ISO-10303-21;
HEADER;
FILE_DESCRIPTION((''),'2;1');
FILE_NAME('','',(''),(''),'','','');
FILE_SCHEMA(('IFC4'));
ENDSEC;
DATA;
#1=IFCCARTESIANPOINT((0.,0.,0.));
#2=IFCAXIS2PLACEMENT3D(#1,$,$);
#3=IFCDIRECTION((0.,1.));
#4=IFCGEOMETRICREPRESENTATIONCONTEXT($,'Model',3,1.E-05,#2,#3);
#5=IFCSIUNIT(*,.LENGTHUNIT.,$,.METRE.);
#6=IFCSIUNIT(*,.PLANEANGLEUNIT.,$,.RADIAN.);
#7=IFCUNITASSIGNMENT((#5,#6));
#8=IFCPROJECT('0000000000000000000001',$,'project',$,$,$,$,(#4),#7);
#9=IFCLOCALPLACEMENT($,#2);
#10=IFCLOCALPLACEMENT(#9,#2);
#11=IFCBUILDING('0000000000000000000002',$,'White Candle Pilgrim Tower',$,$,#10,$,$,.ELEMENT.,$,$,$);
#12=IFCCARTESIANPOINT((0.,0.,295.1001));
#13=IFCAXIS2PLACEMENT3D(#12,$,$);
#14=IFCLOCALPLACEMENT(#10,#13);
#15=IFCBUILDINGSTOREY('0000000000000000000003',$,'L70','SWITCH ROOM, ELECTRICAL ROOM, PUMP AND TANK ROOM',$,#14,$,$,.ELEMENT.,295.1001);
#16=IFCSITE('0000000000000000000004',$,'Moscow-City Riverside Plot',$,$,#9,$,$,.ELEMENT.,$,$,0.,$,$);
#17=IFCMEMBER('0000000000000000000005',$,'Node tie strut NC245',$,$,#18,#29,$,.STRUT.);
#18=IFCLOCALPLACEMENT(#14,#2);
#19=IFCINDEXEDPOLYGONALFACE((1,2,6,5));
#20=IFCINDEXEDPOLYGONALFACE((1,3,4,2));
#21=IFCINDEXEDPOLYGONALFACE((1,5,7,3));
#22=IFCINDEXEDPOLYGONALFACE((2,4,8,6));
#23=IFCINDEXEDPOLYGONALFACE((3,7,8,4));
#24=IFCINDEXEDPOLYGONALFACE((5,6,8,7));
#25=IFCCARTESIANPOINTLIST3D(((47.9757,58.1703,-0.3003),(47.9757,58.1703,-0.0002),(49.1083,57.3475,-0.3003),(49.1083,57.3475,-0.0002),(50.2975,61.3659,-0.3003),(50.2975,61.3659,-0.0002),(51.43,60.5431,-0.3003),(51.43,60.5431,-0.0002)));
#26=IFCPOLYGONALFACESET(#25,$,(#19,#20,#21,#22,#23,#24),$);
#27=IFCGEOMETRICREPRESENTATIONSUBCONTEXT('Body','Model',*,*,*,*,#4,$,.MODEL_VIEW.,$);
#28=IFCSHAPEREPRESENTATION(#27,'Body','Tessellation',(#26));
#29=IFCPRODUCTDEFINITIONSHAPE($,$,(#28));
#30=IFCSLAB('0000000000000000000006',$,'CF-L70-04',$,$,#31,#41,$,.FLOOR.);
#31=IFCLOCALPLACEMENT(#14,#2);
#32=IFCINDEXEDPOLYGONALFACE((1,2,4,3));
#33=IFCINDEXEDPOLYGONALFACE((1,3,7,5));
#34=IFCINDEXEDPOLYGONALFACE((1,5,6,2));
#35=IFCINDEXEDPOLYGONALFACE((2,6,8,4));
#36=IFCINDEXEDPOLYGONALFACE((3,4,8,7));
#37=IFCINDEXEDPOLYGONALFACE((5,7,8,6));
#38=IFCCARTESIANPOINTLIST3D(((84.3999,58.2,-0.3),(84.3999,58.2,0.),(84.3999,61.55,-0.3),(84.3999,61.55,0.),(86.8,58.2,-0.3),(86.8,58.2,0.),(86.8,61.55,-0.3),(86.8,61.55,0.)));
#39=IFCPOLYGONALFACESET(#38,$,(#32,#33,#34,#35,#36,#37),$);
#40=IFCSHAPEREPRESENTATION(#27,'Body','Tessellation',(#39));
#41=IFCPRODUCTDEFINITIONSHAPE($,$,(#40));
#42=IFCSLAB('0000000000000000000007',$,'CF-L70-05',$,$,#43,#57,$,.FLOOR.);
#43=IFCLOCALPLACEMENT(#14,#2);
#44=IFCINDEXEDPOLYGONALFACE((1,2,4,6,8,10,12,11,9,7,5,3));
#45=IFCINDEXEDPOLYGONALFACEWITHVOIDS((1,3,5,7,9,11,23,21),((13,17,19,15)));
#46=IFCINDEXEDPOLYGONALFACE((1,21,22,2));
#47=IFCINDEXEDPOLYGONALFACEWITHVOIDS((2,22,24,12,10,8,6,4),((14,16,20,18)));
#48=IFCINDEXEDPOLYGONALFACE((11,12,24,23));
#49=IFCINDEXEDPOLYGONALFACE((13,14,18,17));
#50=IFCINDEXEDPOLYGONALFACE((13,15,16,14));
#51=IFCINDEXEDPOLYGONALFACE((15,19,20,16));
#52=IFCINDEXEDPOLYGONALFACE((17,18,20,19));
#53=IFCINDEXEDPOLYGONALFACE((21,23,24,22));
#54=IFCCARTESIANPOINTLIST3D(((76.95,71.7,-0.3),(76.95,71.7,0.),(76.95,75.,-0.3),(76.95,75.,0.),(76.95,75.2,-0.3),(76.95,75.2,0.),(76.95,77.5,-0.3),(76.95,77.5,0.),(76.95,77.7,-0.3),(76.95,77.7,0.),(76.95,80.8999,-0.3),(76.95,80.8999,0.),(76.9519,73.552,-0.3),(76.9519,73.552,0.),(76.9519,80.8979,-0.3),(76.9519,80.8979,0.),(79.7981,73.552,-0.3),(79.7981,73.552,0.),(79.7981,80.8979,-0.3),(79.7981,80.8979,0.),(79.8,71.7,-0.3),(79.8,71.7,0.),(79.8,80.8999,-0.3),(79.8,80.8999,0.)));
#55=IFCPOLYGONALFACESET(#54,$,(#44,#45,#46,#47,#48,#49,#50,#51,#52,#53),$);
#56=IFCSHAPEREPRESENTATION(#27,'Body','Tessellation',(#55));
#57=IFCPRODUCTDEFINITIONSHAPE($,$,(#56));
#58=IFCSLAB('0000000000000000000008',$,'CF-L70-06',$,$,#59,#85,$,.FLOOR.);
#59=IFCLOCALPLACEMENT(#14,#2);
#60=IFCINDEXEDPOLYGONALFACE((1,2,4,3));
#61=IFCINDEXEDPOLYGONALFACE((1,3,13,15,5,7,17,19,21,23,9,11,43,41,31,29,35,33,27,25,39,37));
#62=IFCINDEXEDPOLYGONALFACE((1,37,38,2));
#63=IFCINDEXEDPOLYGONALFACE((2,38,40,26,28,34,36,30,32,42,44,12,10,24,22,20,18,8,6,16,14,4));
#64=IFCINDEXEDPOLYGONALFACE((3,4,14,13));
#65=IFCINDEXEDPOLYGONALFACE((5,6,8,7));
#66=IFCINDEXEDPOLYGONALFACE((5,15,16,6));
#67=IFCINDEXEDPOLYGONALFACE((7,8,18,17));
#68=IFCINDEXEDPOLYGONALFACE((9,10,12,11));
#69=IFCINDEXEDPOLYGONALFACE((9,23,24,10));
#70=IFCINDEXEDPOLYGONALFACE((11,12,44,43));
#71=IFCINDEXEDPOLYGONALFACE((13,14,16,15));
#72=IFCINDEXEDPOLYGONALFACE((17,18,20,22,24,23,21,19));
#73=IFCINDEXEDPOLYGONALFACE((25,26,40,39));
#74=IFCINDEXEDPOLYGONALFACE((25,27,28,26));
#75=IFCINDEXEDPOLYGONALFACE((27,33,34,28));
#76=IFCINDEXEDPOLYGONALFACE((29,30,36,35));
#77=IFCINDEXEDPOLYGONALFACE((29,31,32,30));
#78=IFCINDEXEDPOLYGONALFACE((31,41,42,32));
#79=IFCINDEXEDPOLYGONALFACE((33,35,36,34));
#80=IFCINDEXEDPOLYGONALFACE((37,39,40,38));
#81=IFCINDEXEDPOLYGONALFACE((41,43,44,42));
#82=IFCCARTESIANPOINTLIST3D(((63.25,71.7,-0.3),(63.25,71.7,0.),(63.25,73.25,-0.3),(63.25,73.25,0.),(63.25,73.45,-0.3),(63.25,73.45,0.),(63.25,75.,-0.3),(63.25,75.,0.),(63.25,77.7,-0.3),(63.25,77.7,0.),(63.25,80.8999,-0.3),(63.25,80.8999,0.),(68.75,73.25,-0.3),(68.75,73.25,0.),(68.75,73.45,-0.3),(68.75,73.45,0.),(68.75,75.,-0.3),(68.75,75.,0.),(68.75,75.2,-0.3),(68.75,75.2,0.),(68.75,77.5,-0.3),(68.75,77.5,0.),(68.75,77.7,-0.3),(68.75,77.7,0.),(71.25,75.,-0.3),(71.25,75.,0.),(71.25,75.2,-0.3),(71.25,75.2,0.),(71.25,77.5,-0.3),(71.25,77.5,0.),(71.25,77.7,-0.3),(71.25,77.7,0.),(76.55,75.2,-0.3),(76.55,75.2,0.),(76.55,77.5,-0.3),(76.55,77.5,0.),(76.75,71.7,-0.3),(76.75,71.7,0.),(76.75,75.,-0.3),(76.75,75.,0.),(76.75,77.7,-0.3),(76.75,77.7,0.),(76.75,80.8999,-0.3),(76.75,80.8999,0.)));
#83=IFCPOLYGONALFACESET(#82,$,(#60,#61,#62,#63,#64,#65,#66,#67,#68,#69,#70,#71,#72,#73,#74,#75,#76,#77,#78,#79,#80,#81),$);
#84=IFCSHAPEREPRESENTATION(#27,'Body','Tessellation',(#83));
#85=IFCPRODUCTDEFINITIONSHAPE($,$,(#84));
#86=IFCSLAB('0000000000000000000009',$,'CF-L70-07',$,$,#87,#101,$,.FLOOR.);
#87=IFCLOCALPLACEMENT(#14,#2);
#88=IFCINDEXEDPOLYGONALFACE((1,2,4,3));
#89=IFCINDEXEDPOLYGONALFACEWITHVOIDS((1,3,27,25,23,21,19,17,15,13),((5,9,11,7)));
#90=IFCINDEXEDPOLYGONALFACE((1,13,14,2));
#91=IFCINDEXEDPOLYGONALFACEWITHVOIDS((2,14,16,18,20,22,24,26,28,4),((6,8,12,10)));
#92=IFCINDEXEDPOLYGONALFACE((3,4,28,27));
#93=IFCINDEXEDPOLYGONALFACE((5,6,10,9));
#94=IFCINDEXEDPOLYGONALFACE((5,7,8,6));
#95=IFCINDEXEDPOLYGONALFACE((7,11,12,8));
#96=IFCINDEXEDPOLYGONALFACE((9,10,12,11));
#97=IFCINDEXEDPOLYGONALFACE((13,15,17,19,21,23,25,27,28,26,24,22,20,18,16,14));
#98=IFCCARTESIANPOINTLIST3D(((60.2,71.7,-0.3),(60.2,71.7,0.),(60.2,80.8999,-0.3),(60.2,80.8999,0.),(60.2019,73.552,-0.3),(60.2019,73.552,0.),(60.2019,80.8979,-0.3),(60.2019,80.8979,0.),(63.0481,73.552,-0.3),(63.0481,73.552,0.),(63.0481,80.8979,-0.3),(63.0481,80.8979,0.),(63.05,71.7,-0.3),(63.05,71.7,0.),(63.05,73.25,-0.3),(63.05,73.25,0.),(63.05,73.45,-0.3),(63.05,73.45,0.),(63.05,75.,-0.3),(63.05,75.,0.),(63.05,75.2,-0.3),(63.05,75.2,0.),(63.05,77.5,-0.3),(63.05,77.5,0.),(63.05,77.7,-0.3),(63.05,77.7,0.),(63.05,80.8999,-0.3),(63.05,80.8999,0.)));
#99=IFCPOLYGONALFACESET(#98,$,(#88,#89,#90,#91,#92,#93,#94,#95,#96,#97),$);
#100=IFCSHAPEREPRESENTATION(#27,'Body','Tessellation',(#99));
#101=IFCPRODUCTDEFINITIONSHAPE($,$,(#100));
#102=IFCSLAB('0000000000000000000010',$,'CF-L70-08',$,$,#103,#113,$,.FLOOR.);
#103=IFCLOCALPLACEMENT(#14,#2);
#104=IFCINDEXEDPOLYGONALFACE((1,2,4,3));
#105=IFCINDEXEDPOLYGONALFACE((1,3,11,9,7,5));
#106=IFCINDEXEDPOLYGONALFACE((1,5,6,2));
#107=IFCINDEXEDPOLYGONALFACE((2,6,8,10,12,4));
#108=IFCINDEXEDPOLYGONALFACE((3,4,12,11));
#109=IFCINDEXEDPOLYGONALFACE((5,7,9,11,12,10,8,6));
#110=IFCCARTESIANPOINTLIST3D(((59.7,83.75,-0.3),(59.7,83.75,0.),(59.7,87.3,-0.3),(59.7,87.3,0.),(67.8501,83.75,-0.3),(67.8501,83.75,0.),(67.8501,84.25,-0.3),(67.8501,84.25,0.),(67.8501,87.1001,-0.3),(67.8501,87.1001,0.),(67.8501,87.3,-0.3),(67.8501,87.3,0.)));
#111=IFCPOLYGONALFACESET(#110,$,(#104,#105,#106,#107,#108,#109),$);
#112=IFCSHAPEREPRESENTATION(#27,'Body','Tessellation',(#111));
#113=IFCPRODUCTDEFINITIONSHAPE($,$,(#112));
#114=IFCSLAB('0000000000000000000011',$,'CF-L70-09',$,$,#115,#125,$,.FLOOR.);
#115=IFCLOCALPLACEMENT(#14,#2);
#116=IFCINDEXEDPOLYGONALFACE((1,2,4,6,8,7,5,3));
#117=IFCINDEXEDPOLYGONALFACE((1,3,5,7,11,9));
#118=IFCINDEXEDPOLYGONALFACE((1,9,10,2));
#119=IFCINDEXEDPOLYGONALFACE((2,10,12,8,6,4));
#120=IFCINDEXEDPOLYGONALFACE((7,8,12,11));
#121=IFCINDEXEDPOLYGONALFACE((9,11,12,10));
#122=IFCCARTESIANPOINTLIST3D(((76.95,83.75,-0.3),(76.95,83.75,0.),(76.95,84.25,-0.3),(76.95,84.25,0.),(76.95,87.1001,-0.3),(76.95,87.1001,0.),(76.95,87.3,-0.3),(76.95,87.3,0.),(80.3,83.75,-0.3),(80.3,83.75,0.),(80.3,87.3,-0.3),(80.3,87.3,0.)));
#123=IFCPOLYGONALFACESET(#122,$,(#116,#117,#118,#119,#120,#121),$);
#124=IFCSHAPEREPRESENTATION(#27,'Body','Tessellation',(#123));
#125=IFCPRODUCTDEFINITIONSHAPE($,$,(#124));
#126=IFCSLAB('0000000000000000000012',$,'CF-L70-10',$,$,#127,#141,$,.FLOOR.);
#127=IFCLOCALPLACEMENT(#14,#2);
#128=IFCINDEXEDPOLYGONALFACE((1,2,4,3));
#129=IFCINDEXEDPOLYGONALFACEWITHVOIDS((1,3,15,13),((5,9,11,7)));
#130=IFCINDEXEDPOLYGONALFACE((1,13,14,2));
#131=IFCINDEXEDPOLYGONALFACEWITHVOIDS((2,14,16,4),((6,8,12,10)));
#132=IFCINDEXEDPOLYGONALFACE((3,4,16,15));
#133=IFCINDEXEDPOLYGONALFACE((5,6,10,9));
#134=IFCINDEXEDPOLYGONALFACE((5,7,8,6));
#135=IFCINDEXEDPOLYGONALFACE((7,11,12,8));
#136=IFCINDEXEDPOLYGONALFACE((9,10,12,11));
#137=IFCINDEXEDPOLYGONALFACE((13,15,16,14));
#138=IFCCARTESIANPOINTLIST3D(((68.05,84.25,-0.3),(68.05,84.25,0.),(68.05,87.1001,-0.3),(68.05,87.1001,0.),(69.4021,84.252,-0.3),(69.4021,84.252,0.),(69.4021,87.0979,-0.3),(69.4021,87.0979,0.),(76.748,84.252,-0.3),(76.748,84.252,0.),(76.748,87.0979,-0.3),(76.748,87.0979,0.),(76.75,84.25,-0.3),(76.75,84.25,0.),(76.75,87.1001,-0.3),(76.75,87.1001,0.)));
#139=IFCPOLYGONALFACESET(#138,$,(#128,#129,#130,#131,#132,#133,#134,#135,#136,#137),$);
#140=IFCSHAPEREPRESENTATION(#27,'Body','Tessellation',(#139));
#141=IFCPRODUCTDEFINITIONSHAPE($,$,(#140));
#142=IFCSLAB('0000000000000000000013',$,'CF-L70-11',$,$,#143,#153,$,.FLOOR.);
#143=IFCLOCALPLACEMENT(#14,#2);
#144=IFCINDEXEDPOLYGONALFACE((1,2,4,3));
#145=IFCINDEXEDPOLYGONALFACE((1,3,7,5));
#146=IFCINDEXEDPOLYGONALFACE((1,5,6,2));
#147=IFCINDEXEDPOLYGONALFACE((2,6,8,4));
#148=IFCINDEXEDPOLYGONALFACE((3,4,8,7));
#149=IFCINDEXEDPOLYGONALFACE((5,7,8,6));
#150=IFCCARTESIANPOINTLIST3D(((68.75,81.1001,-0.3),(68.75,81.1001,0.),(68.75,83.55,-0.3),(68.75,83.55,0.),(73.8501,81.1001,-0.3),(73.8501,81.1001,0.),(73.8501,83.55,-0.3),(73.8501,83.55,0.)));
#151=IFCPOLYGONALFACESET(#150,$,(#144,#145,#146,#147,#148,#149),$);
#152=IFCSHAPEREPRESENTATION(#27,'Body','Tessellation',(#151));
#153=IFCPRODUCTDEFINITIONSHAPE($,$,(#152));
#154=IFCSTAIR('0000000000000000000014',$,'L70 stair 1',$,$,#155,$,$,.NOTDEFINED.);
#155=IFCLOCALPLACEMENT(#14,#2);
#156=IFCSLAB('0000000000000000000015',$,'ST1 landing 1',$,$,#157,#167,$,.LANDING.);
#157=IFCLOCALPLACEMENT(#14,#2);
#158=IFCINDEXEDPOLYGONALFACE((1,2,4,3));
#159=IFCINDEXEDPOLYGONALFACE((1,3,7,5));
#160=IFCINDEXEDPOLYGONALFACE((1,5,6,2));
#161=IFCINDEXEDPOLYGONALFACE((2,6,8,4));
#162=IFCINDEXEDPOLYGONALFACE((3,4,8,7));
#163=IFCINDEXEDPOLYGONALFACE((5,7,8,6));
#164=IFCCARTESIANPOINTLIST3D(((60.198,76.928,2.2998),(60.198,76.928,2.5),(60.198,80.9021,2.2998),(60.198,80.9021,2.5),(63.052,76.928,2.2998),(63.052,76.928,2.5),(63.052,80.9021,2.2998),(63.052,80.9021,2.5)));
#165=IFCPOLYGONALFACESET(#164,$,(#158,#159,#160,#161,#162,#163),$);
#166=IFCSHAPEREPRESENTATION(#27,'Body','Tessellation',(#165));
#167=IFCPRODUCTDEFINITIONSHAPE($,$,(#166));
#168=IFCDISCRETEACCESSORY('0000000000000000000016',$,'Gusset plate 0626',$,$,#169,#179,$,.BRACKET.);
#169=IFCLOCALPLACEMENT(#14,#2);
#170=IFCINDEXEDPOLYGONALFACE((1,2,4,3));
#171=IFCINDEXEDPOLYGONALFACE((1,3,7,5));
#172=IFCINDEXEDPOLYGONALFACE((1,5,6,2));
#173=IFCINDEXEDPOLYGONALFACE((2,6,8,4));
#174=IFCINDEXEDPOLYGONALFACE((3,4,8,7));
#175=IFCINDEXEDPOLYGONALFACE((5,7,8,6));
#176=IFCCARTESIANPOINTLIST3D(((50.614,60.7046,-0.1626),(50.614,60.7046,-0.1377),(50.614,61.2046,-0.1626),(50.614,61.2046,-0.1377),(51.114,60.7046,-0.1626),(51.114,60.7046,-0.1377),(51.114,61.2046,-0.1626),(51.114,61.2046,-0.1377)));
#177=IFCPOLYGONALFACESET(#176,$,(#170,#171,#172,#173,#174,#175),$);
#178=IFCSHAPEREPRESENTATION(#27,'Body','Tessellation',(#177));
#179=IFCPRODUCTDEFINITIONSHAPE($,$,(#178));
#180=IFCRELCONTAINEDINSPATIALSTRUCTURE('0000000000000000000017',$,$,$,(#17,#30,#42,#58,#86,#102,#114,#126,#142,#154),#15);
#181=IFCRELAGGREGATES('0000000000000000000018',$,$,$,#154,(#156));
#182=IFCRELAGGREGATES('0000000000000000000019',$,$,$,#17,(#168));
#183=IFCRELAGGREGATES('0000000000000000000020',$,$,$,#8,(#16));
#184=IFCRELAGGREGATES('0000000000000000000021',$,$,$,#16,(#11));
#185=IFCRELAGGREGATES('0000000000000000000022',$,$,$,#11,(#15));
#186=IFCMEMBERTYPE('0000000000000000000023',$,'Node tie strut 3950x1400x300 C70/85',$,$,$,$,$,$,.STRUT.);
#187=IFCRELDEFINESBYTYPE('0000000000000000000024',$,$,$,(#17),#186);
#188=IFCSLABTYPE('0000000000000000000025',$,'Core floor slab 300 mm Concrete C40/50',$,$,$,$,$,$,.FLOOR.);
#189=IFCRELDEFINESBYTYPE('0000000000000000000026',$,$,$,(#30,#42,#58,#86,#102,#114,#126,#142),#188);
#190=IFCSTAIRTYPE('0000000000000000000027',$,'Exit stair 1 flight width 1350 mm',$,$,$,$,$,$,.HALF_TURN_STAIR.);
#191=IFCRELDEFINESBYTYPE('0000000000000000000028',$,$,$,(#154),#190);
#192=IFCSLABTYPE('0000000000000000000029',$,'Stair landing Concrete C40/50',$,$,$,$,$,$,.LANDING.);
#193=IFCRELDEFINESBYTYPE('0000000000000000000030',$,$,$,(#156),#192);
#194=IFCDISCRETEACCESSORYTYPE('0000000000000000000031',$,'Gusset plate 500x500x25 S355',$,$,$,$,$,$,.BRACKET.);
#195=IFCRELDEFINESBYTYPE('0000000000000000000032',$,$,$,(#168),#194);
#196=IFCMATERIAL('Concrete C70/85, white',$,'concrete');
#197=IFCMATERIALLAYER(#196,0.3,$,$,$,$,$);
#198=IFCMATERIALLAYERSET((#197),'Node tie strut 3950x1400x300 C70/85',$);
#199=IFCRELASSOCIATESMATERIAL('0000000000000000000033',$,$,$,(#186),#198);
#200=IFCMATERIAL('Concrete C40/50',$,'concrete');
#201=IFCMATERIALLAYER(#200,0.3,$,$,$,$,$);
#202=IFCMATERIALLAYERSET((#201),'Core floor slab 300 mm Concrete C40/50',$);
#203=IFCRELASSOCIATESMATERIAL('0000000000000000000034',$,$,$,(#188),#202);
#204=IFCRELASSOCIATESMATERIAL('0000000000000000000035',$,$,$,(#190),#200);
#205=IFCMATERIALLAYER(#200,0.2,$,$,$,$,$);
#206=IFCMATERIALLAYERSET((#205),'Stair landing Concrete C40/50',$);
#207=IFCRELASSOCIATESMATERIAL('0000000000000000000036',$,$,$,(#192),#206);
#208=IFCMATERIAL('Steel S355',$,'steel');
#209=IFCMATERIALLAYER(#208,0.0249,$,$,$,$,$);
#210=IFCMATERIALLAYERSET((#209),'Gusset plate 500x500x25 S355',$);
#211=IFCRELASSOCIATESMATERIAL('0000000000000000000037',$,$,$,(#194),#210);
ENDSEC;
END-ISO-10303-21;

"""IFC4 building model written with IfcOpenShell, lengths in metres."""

from ifc_helpers import new_model, si_unit, direction, frame, origin, origin_2d, place, context, subcontext, project, spatial, polyline, rectangle, outline, extrude, material, layer, layer_set, type_object, element, aggregate, save


model = new_model("IFC4")

# Units and contexts
model_context = context("Model", 3, precision=1e-05, world=origin(), true_north=direction((0.0, 1.0)))
body_context = subcontext(model_context, "Body", "Model", "MODEL_VIEW")
ifc_project = project(units=[si_unit("LENGTHUNIT", "METRE"), si_unit("PLANEANGLEUNIT", "RADIAN")], contexts=[model_context])

# Site, building, storey
site_placement = place(None, origin())
site = spatial("IfcSite", under=ifc_project, at=site_placement, Name="Moscow-City Riverside Plot", CompositionType="ELEMENT", RefElevation=0.0)
building_placement = place(site_placement, origin())
building = spatial("IfcBuilding", under=site, at=building_placement, Name="White Candle Pilgrim Tower", CompositionType="ELEMENT")
storey_placement = place(building_placement, frame((0.0, 0.0, 295.1001)))
storey = spatial("IfcBuildingStorey", under=building, at=storey_placement, Name="L70", Description="SWITCH ROOM, ELECTRICAL ROOM, PUMP AND TANK ROOM", CompositionType="ELEMENT", Elevation=295.1001)

# Member
ifc_material_1 = material(Name="Concrete C70/85, white", Category="concrete")
ifc_layer_1 = layer(ifc_material_1, 0.3)
ifc_layer_set_1 = layer_set([ifc_layer_1], Name="Node tie strut 3950x1400x300 C70/85")
member_type = type_object("IfcMemberType", Name="Node tie strut 3950x1400x300 C70/85", PredefinedType="STRUT", material=ifc_layer_set_1)
member_placement = place(storey_placement, frame((49.7029, 59.3567, -0.3003), z_axis=(0.0, 0.0, 1.0), x_axis=(0.809017, -0.587785, 0.0)))
member = element("IfcMember", 1, at=member_placement, inside=storey, type_object=member_type, Name="Node tie strut NC245", PredefinedType="STRUT", context=body_context, shape_type="SweptSolid", body=[
    extrude(rectangle(XDim=1.3999, YDim=3.95, at=origin_2d()), origin(), (0.0, 0.0, 1.0), 0.3),
])

# Slabs
ifc_material_2 = material(Name="Concrete C40/50", Category="concrete")
ifc_layer_2 = layer(ifc_material_2, 0.3)
ifc_layer_set_2 = layer_set([ifc_layer_2], Name="Core floor slab 300 mm Concrete C40/50")
slab_type_1 = type_object("IfcSlabType", Name="Core floor slab 300 mm Concrete C40/50", PredefinedType="FLOOR", material=ifc_layer_set_2)
slab_1_placement = place(storey_placement, frame((0.0, 0.0, -0.3)))
element("IfcSlab", 2, at=slab_1_placement, inside=storey, type_object=slab_type_1, Name="CF-L70-04", PredefinedType="FLOOR", context=body_context, shape_type="SweptSolid", body=[
    extrude(outline(polyline([(86.8, 58.2), (84.3999, 58.2), (84.3999, 61.55), (86.8, 61.55), (86.8, 58.2)])), origin(), (0.0, 0.0, 1.0), 0.3),
])
slab_2_placement = place(storey_placement, frame((0.0, 0.0, -0.3)))
element("IfcSlab", 3, at=slab_2_placement, inside=storey, type_object=slab_type_1, Name="CF-L70-05", PredefinedType="FLOOR", context=body_context, shape_type="SweptSolid", body=[
    extrude(outline(polyline([(76.95, 71.7), (76.95, 75.0), (76.95, 75.2), (76.95, 77.5), (76.95, 77.7), (76.95, 80.8999), (79.8, 80.8999), (79.8, 71.7), (76.95, 71.7)]), holes=[polyline([(76.9519, 73.552), (79.7981, 73.552), (79.7981, 80.8979), (76.9519, 80.8979), (76.9519, 73.552)])]), origin(), (0.0, 0.0, 1.0), 0.3),
])
slab_3_placement = place(storey_placement, frame((0.0, 0.0, -0.3)))
element("IfcSlab", 4, at=slab_3_placement, inside=storey, type_object=slab_type_1, Name="CF-L70-06", PredefinedType="FLOOR", context=body_context, shape_type="SweptSolid", body=[
    extrude(outline(polyline([(63.25, 71.7), (63.25, 73.25), (68.75, 73.25), (68.75, 73.45), (63.25, 73.45), (63.25, 75.0), (68.75, 75.0), (68.75, 75.2), (68.75, 77.5), (68.75, 77.7), (63.25, 77.7), (63.25, 80.8999), (76.75, 80.8999), (76.75, 77.7), (71.25, 77.7), (71.25, 77.5), (76.55, 77.5), (76.55, 75.2), (71.25, 75.2), (71.25, 75.0), (76.75, 75.0), (76.75, 71.7), (63.25, 71.7)])), origin(), (0.0, 0.0, 1.0), 0.3),
])
slab_4_placement = place(storey_placement, frame((0.0, 0.0, -0.3)))
element("IfcSlab", 5, at=slab_4_placement, inside=storey, type_object=slab_type_1, Name="CF-L70-07", PredefinedType="FLOOR", context=body_context, shape_type="SweptSolid", body=[
    extrude(outline(polyline([(60.2, 71.7), (60.2, 80.8999), (63.05, 80.8999), (63.05, 77.7), (63.05, 77.5), (63.05, 75.2), (63.05, 75.0), (63.05, 73.45), (63.05, 73.25), (63.05, 71.7), (60.2, 71.7)]), holes=[polyline([(60.2019, 73.552), (63.0481, 73.552), (63.0481, 80.8979), (60.2019, 80.8979), (60.2019, 73.552)])]), origin(), (0.0, 0.0, 1.0), 0.3),
])
slab_5_placement = place(storey_placement, frame((0.0, 0.0, -0.3)))
element("IfcSlab", 6, at=slab_5_placement, inside=storey, type_object=slab_type_1, Name="CF-L70-08", PredefinedType="FLOOR", context=body_context, shape_type="SweptSolid", body=[
    extrude(outline(polyline([(59.7, 87.3), (67.8501, 87.3), (67.8501, 87.1001), (67.8501, 84.25), (67.8501, 83.75), (59.7, 83.75), (59.7, 87.3)])), origin(), (0.0, 0.0, 1.0), 0.3),
])
slab_6_placement = place(storey_placement, frame((0.0, 0.0, -0.3)))
element("IfcSlab", 7, at=slab_6_placement, inside=storey, type_object=slab_type_1, Name="CF-L70-09", PredefinedType="FLOOR", context=body_context, shape_type="SweptSolid", body=[
    extrude(outline(polyline([(80.3, 87.3), (80.3, 83.75), (76.95, 83.75), (76.95, 84.25), (76.95, 87.1001), (76.95, 87.3), (80.3, 87.3)])), origin(), (0.0, 0.0, 1.0), 0.3),
])
slab_7_placement = place(storey_placement, frame((0.0, 0.0, -0.3)))
element("IfcSlab", 8, at=slab_7_placement, inside=storey, type_object=slab_type_1, Name="CF-L70-10", PredefinedType="FLOOR", context=body_context, shape_type="SweptSolid", body=[
    extrude(outline(polyline([(68.05, 87.1001), (76.75, 87.1001), (76.75, 84.25), (68.05, 84.25), (68.05, 87.1001)]), holes=[polyline([(69.4021, 87.0979), (69.4021, 84.252), (76.748, 84.252), (76.748, 87.0979), (69.4021, 87.0979)])]), origin(), (0.0, 0.0, 1.0), 0.3),
])
slab_8_placement = place(storey_placement, frame((0.0, 0.0, -0.3)))
element("IfcSlab", 9, at=slab_8_placement, inside=storey, type_object=slab_type_1, Name="CF-L70-11", PredefinedType="FLOOR", context=body_context, shape_type="SweptSolid", body=[
    extrude(outline(polyline([(73.8501, 83.55), (73.8501, 81.1001), (68.75, 81.1001), (68.75, 83.55), (73.8501, 83.55)])), origin(), (0.0, 0.0, 1.0), 0.3),
])

# Stair, slab
stair_type_1 = type_object("IfcStairType", Name="Exit stair 1 flight width 1350 mm", PredefinedType="HALF_TURN_STAIR", material=ifc_material_2)
stair_1_placement = place(storey_placement, origin())
stair_1 = element("IfcStair", 10, at=stair_1_placement, inside=storey, type_object=stair_type_1, Name="L70 stair 1", PredefinedType="NOTDEFINED")
ifc_layer_3 = layer(ifc_material_2, 0.2)
ifc_layer_set_3 = layer_set([ifc_layer_3], Name="Stair landing Concrete C40/50")
slab_type_2 = type_object("IfcSlabType", Name="Stair landing Concrete C40/50", PredefinedType="LANDING", material=ifc_layer_set_3)
slab_9_placement = place(storey_placement, frame((0.0, 0.0, 2.2998)))
slab_9 = element("IfcSlab", 11, at=slab_9_placement, type_object=slab_type_2, Name="ST1 landing 1", PredefinedType="LANDING", context=body_context, shape_type="SweptSolid", body=[
    extrude(outline(polyline([(63.052, 76.928), (60.198, 76.928), (60.198, 80.9021), (63.052, 80.9021), (63.052, 76.928)])), origin(), (0.0, 0.0, 1.0), 0.2002),
])
aggregate(stair_1, [slab_9])

# Discrete accessory
ifc_material_3 = material(Name="Steel S355", Category="steel")
ifc_layer_4 = layer(ifc_material_3, 0.0249)
ifc_layer_set_4 = layer_set([ifc_layer_4], Name="Gusset plate 500x500x25 S355")
discrete_accessory_type = type_object("IfcDiscreteAccessoryType", Name="Gusset plate 500x500x25 S355", PredefinedType="BRACKET", material=ifc_layer_set_4)
discrete_accessory_placement = place(storey_placement, frame((50.864, 60.9546, -0.1626), z_axis=(0.0, 0.0, 1.0), x_axis=(1.0, 0.0, 0.0)))
discrete_accessory = element("IfcDiscreteAccessory", 12, at=discrete_accessory_placement, type_object=discrete_accessory_type, Name="Gusset plate 0626", PredefinedType="BRACKET", context=body_context, shape_type="SweptSolid", body=[
    extrude(rectangle(XDim=0.5, YDim=0.5, at=origin_2d()), origin(), (0.0, 0.0, 1.0), 0.0249),
])
aggregate(member, [discrete_accessory])

save(model, "model.ifc")
